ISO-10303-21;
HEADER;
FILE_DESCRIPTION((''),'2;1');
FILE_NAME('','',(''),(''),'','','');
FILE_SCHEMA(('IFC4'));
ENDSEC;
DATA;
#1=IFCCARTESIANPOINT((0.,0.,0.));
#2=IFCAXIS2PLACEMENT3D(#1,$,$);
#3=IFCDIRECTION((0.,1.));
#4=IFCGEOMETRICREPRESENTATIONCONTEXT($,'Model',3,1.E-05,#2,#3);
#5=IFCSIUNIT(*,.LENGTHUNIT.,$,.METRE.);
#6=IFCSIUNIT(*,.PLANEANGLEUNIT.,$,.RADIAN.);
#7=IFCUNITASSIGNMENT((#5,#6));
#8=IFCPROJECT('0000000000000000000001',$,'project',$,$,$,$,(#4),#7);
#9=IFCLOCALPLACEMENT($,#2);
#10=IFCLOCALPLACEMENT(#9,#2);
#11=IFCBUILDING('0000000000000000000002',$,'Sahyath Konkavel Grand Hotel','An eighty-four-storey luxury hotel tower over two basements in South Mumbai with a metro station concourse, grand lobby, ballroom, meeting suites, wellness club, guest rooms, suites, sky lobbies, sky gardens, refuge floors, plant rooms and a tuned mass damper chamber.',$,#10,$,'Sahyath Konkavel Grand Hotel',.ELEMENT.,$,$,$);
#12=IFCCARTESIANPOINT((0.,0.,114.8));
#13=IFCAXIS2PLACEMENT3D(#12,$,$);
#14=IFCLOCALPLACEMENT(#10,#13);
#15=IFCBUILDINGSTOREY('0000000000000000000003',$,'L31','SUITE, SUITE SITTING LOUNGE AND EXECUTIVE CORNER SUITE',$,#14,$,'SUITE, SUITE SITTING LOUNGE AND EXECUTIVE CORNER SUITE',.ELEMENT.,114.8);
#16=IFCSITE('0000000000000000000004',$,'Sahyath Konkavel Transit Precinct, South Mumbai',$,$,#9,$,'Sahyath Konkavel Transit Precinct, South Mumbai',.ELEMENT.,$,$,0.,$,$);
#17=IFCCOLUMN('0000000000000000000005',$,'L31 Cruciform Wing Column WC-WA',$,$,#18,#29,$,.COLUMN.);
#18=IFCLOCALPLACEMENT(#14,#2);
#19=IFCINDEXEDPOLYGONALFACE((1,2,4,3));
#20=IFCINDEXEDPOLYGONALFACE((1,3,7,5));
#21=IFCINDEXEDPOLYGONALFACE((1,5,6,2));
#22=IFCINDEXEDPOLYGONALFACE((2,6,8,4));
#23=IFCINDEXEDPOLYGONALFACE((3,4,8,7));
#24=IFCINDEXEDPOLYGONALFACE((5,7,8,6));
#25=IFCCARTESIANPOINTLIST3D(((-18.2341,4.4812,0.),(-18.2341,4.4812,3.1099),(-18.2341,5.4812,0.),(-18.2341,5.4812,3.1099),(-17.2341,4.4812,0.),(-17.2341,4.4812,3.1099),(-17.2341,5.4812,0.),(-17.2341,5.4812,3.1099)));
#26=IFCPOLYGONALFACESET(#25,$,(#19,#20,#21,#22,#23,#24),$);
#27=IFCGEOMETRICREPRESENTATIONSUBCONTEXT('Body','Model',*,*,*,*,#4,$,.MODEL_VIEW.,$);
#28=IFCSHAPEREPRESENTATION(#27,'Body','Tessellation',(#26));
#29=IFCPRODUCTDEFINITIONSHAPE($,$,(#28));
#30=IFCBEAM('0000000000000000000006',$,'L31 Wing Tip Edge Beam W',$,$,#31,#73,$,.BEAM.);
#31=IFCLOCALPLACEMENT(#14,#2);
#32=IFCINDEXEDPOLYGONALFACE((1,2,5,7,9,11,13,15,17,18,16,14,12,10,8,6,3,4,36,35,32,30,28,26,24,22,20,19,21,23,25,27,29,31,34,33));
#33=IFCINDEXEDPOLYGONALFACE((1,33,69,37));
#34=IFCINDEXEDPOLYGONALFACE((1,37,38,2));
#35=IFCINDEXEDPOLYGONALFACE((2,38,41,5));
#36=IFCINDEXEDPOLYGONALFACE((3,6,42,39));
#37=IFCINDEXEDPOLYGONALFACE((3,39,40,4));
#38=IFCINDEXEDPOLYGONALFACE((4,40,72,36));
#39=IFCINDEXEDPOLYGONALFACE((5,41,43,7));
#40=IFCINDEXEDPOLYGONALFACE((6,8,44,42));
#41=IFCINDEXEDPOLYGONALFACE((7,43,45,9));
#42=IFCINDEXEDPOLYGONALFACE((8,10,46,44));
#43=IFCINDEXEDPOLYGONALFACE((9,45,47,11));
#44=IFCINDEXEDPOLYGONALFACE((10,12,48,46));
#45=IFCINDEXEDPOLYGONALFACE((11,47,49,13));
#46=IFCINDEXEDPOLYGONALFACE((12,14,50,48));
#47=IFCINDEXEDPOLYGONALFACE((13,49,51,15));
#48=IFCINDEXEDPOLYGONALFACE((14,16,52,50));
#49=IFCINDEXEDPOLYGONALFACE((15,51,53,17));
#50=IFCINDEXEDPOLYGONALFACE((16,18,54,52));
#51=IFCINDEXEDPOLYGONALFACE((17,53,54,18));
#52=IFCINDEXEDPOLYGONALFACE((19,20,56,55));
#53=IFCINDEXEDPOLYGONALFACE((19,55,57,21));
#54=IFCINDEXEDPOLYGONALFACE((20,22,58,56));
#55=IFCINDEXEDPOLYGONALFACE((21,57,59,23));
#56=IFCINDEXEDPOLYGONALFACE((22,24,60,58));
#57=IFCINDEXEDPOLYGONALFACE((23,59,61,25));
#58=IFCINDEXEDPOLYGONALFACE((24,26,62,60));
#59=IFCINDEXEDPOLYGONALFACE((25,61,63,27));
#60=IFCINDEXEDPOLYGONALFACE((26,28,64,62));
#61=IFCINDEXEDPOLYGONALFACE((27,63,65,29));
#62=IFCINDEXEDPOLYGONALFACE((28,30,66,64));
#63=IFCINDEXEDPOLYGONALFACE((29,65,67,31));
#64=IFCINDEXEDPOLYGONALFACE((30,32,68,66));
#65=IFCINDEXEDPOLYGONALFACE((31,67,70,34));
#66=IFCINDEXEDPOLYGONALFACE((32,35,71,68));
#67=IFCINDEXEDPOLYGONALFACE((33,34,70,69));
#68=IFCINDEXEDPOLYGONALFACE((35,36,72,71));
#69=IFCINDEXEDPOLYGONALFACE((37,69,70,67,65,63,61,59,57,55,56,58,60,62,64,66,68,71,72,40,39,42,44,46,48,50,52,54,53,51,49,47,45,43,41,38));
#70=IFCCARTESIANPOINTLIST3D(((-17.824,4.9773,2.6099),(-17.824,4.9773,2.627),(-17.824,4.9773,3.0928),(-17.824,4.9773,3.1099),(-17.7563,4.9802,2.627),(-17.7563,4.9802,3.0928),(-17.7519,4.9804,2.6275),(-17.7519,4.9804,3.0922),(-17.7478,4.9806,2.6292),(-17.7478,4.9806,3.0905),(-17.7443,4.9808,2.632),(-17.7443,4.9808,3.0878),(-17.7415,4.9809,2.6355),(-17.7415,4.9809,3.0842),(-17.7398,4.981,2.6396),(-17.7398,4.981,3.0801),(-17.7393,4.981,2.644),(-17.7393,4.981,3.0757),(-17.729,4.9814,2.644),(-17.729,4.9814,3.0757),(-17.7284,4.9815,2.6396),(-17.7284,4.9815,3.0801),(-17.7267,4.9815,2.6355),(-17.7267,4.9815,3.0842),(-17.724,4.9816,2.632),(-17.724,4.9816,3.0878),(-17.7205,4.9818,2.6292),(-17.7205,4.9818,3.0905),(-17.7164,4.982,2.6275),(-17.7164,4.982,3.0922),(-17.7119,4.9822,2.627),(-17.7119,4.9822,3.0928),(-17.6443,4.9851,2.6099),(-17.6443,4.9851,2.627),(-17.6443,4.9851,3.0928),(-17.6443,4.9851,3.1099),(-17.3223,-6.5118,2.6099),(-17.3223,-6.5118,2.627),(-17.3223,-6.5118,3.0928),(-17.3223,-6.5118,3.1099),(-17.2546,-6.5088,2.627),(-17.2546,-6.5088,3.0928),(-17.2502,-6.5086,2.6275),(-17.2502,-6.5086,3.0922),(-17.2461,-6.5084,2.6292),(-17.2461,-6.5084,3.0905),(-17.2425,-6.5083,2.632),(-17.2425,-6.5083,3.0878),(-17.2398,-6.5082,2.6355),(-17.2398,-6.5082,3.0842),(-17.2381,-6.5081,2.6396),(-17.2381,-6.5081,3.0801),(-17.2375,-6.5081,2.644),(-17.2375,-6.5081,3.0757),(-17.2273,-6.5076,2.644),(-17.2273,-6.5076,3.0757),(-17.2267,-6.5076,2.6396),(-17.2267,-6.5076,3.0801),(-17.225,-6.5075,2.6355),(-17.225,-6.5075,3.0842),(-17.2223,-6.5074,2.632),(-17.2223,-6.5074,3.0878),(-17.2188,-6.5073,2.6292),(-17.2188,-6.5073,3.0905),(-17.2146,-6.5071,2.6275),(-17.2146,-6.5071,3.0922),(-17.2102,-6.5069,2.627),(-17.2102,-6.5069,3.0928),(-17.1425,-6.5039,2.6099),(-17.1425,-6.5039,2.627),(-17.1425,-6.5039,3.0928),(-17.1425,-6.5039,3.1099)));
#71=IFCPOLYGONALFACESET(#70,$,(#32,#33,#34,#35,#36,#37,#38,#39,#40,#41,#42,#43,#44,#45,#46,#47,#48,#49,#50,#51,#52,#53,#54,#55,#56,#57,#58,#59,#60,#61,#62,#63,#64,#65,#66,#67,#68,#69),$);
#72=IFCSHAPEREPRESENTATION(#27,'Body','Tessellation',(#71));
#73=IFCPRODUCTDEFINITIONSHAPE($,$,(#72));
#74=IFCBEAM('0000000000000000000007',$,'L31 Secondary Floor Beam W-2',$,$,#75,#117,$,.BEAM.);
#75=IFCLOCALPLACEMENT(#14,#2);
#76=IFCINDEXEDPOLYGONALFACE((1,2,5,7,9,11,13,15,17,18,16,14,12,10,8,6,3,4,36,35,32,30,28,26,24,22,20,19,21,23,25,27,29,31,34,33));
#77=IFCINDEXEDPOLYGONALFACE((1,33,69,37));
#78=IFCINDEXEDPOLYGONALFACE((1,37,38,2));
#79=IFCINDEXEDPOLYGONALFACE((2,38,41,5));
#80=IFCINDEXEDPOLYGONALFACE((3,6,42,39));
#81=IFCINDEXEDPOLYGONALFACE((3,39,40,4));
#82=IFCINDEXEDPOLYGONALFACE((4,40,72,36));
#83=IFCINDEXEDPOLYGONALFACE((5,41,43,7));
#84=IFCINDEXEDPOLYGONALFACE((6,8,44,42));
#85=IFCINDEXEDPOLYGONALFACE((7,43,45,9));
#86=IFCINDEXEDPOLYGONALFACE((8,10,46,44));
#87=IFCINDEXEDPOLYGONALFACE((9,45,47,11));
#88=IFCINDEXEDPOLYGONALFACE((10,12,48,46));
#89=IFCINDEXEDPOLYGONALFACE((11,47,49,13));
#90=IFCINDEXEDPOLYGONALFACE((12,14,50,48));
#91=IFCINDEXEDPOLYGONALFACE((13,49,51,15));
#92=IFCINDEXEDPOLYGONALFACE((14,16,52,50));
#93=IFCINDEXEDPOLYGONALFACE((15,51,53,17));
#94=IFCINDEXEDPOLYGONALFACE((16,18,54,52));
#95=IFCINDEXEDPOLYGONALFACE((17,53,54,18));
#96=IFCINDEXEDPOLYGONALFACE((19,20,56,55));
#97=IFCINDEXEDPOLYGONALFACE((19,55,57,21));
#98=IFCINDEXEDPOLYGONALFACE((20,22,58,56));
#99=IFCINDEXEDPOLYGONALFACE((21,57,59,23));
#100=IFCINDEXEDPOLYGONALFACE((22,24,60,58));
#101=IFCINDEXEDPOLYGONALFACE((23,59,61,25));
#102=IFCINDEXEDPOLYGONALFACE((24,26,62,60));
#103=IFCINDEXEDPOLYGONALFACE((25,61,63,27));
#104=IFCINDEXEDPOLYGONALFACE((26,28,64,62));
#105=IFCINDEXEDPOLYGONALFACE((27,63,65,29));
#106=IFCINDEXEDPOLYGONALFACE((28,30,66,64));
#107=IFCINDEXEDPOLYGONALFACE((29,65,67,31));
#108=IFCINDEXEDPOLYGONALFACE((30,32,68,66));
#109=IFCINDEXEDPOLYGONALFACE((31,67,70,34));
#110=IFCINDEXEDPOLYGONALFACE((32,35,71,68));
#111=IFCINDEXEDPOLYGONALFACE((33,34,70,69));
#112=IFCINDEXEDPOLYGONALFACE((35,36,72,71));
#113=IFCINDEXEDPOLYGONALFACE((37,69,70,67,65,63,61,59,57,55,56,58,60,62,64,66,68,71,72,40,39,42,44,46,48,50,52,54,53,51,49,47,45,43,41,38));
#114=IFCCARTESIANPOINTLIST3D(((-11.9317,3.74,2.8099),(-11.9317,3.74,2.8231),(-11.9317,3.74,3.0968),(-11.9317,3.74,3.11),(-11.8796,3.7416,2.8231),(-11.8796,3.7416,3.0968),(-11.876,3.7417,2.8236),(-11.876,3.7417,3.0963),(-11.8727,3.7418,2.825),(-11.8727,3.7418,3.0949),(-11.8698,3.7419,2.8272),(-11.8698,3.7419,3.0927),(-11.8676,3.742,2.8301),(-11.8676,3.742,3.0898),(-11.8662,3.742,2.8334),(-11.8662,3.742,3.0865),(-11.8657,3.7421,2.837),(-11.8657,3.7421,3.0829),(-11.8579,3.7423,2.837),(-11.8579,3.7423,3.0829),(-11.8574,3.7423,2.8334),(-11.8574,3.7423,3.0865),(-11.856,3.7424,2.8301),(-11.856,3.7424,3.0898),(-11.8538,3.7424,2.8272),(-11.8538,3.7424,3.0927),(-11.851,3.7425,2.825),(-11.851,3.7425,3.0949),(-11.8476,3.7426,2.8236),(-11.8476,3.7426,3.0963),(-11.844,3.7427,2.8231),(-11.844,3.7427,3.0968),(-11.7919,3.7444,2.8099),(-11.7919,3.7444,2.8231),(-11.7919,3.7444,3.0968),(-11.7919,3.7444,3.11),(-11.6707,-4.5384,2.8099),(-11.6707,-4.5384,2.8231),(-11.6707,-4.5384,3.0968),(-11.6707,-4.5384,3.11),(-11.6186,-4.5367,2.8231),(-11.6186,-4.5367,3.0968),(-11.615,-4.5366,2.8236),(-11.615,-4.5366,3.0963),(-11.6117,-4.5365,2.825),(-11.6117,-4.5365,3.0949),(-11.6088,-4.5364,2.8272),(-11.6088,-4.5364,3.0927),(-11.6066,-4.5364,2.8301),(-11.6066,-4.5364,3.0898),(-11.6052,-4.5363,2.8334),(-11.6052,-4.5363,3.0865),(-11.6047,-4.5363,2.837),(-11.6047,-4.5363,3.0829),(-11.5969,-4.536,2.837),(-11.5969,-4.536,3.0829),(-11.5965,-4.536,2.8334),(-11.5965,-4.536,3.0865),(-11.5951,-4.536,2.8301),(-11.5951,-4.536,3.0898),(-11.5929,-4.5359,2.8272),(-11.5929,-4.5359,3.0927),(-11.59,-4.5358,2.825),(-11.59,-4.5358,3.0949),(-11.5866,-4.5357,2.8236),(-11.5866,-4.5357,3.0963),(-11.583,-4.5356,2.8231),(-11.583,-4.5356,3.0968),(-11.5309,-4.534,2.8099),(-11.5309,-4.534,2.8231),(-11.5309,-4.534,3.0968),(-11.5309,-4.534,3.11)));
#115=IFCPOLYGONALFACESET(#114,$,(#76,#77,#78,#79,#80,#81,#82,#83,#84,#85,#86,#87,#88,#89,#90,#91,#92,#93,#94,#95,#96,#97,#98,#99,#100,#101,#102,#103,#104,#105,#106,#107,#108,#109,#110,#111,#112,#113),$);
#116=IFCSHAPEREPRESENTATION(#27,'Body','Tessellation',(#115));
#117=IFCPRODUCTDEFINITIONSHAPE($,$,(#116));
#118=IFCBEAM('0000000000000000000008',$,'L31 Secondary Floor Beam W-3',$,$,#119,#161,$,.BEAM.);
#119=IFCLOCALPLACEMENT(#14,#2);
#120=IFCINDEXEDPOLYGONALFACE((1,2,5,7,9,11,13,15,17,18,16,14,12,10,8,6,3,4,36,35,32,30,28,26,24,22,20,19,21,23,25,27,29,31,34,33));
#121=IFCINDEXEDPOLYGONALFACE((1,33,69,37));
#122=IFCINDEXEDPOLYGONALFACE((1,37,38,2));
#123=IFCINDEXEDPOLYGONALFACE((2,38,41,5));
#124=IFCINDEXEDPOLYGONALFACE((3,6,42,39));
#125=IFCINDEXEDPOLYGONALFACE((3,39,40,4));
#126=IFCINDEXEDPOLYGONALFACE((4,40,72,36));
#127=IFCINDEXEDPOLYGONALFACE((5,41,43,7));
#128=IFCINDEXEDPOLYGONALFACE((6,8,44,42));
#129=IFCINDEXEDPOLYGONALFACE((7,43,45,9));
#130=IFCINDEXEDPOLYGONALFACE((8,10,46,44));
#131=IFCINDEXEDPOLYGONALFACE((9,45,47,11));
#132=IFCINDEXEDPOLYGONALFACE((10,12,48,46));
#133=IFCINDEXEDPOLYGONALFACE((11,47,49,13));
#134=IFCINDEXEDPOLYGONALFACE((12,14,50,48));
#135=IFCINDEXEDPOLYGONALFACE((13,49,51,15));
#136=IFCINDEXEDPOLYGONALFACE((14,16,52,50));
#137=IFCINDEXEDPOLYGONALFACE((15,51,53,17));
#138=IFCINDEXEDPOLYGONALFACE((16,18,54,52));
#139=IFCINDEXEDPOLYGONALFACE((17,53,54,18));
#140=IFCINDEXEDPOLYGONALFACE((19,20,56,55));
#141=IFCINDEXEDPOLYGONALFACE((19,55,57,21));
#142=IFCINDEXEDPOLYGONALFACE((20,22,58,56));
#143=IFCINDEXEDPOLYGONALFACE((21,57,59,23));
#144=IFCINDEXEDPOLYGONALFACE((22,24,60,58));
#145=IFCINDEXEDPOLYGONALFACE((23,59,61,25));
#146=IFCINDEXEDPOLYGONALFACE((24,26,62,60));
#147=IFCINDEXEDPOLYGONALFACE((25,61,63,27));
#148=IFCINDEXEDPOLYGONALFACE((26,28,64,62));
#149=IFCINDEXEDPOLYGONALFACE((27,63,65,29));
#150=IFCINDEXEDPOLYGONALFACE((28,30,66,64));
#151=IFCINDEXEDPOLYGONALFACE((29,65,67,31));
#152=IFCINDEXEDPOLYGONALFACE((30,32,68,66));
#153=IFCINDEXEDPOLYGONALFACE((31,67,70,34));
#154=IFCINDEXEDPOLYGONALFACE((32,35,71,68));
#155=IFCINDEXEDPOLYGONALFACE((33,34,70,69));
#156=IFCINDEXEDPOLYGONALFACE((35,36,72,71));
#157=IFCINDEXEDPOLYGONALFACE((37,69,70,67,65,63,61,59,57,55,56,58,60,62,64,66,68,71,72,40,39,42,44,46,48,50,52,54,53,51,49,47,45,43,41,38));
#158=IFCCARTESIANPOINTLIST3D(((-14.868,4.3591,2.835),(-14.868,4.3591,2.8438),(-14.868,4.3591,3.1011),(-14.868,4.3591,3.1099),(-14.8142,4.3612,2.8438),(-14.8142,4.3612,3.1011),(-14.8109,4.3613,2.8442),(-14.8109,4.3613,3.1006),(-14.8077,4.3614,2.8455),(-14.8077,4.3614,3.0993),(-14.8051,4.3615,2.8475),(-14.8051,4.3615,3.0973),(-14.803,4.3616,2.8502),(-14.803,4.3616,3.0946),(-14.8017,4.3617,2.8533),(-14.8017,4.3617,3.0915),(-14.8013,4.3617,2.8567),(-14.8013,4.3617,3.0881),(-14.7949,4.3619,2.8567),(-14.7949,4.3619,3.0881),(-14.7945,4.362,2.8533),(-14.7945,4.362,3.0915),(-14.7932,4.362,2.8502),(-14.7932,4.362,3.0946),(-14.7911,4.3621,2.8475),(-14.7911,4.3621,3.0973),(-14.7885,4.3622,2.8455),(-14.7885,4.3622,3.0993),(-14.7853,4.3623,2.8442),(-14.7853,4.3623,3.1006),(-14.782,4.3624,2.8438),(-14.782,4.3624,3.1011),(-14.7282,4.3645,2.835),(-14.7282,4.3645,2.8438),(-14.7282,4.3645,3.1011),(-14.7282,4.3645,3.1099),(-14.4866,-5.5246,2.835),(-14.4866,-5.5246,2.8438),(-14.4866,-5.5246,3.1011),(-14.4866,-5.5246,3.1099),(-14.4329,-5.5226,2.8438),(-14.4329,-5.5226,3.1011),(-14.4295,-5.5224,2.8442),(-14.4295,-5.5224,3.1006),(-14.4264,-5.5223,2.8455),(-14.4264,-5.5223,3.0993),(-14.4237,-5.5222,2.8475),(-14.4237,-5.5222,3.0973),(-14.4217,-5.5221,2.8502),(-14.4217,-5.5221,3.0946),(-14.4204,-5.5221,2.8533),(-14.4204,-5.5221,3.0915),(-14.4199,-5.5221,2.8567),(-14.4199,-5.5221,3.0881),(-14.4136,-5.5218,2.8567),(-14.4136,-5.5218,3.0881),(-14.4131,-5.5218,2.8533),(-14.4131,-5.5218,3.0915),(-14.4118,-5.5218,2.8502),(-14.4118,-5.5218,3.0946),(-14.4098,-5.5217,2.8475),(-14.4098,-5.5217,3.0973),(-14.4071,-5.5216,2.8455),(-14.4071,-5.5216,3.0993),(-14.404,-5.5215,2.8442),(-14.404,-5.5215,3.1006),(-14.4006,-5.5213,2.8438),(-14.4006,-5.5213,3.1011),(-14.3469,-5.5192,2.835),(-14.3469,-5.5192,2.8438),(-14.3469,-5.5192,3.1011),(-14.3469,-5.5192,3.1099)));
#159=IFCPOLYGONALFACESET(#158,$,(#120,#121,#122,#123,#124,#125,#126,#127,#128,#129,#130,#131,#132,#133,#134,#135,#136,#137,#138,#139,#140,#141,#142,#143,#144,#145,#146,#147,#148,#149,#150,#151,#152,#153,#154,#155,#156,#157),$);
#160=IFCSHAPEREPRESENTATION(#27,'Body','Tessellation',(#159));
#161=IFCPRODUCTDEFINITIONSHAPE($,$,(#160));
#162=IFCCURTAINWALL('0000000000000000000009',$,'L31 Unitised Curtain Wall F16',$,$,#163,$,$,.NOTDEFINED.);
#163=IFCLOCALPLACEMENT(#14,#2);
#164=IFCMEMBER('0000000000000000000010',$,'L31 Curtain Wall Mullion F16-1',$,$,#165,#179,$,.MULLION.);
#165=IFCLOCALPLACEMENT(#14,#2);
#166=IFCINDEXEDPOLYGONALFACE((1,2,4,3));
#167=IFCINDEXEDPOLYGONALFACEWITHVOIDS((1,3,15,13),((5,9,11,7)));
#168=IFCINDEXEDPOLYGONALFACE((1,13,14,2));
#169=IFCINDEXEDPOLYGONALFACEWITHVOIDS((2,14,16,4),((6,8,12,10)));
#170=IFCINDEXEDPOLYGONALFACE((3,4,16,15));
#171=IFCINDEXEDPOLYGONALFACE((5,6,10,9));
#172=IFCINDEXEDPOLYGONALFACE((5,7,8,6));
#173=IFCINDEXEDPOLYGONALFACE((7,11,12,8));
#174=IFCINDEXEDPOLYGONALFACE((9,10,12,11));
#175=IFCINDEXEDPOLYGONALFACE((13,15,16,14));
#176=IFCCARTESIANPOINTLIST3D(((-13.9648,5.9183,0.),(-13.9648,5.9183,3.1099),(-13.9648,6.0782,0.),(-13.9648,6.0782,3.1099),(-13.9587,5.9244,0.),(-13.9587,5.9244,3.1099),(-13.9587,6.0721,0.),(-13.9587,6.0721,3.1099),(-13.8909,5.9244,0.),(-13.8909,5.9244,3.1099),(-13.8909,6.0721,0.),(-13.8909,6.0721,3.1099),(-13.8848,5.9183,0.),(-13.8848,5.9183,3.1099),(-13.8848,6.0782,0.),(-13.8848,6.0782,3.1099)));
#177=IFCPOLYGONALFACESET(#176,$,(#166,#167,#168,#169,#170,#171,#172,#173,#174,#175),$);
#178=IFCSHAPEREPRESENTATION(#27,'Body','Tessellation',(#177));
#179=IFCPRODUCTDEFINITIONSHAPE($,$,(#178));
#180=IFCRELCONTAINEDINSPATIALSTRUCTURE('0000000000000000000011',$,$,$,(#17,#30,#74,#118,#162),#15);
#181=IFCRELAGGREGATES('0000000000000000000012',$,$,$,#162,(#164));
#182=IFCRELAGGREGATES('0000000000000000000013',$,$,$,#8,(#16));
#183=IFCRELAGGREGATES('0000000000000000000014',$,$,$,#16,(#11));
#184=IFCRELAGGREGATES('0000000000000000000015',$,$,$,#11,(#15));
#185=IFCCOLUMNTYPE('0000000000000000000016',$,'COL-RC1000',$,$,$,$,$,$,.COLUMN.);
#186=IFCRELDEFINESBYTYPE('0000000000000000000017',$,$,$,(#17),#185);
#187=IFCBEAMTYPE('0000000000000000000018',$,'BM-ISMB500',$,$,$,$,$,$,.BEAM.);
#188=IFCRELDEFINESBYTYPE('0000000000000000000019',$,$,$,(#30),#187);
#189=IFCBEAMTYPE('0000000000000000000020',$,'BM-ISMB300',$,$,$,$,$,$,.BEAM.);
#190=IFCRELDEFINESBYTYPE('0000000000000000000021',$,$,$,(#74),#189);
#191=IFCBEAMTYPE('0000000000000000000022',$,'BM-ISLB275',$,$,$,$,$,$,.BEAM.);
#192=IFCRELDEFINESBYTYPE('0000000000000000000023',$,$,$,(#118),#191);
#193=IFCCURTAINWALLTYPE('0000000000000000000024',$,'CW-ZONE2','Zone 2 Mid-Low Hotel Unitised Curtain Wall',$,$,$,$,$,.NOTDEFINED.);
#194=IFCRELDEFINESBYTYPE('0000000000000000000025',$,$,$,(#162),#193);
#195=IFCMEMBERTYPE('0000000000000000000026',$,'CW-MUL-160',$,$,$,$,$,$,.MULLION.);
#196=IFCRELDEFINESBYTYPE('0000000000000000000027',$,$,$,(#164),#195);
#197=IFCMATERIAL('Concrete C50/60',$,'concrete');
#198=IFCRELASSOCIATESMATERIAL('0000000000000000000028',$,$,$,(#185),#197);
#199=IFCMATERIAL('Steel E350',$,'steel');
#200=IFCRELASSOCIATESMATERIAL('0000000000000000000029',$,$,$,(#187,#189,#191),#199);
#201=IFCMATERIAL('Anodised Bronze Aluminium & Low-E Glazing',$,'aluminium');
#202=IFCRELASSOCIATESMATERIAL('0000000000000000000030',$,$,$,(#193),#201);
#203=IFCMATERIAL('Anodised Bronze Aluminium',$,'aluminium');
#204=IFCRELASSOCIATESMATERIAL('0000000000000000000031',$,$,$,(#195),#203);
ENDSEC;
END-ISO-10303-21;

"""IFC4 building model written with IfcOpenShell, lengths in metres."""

from ifc_helpers import new_model, si_unit, direction, frame, origin, origin_2d, place, context, subcontext, project, spatial, rectangle, hollow_rectangle, i_section, extrude, source, transform, mapped, material, material_profile, profile_set, type_object, element, aggregate, save


model = new_model("IFC4")

# Units and contexts
model_context = context("Model", 3, precision=1e-05, world=origin(), true_north=direction((0.0, 1.0)))
body_context = subcontext(model_context, "Body", "Model", "MODEL_VIEW")
ifc_project = project(units=[si_unit("LENGTHUNIT", "METRE"), si_unit("PLANEANGLEUNIT", "RADIAN")], contexts=[model_context])

# Site, building, storey
site_placement = place(None, origin())
site = spatial("IfcSite", under=ifc_project, at=site_placement, Name="Sahyath Konkavel Transit Precinct, South Mumbai", LongName="Sahyath Konkavel Transit Precinct, South Mumbai", CompositionType="ELEMENT", RefElevation=0.0)
building_placement = place(site_placement, origin())
building = spatial("IfcBuilding", under=site, at=building_placement, Name="Sahyath Konkavel Grand Hotel", Description="An eighty-four-storey luxury hotel tower over two basements in South Mumbai with a metro station concourse, grand lobby, ballroom, meeting suites, wellness club, guest rooms, suites, sky lobbies, sky gardens, refuge floors, plant rooms and a tuned mass damper chamber.", LongName="Sahyath Konkavel Grand Hotel", CompositionType="ELEMENT")
storey_placement = place(building_placement, frame((0.0, 0.0, 114.8)))
storey = spatial("IfcBuildingStorey", under=building, at=storey_placement, Name="L31", Description="SUITE, SUITE SITTING LOUNGE AND EXECUTIVE CORNER SUITE", LongName="SUITE, SUITE SITTING LOUNGE AND EXECUTIVE CORNER SUITE", CompositionType="ELEMENT", Elevation=114.8)

# Column
ifc_material_1 = material(Name="Concrete C50/60", Category="concrete")
ifc_material_profile_1 = material_profile(ifc_material_1, rectangle(XDim=1.0, YDim=1.0, at=origin_2d()), Name="RC 1000x1000")
ifc_profile_set_1 = profile_set([ifc_material_profile_1], Name="Concrete C50/60")
column_type = type_object("IfcColumnType", Name="COL-RC1000", PredefinedType="COLUMN", material=ifc_profile_set_1)
shared_shape_1 = source(origin(), body_context, "Body", "SweptSolid", [
    extrude(rectangle(XDim=1.0, YDim=1.0, at=origin_2d()), origin(), (0.0, 0.0, 1.0), 3.1099),
])
column_placement = place(storey_placement, frame((-17.7341, 4.9812, 0.0), z_axis=(0.0, 0.0, 1.0), x_axis=(1.0, 0.0, 0.0)))
element("IfcColumn", 1, at=column_placement, inside=storey, type_object=column_type, Name="L31 Cruciform Wing Column WC-WA", PredefinedType="COLUMN", context=body_context, shape_type="MappedRepresentation", body=[
    mapped(shared_shape_1, transform((0.0, 0.0, 0.0), scale=1.0)),
])

# Beams
ifc_material_2 = material(Name="Steel E350", Category="steel")
ifc_material_profile_2 = material_profile(ifc_material_2, i_section(OverallWidth=0.1799, OverallDepth=0.5, WebThickness=0.0103, FlangeThickness=0.0171, FilletRadius=0.0171, at=origin_2d()), Name="ISMB 500")
ifc_profile_set_2 = profile_set([ifc_material_profile_2], Name="Steel E350")
beam_type_1 = type_object("IfcBeamType", Name="BM-ISMB500", PredefinedType="BEAM", material=ifc_profile_set_2)
shared_shape_2 = source(origin(), body_context, "Body", "SweptSolid", [
    extrude(i_section(OverallWidth=0.1799, OverallDepth=0.5, WebThickness=0.0103, FlangeThickness=0.0171, FilletRadius=0.0171, at=origin_2d()), origin(), (0.0, 0.0, 1.0), 11.5),
])
beam_1_placement = place(storey_placement, frame((-17.7341, 4.9812, 2.8599), z_axis=(0.043627, -0.999048, 0.0), x_axis=(0.999048, 0.043627, 0.0)))
element("IfcBeam", 2, at=beam_1_placement, inside=storey, type_object=beam_type_1, Name="L31 Wing Tip Edge Beam W", PredefinedType="BEAM", context=body_context, shape_type="MappedRepresentation", body=[
    mapped(shared_shape_2, transform((0.0, 0.0, 0.0), scale=1.0)),
])
ifc_material_profile_3 = material_profile(ifc_material_2, i_section(OverallWidth=0.1399, OverallDepth=0.3, WebThickness=0.0078, FlangeThickness=0.0132, FilletRadius=0.0139, at=origin_2d()), Name="ISMB 300")
ifc_profile_set_3 = profile_set([ifc_material_profile_3], Name="Steel E350")
beam_type_2 = type_object("IfcBeamType", Name="BM-ISMB300", PredefinedType="BEAM", material=ifc_profile_set_3)
shared_shape_3 = source(origin(), body_context, "Body", "SweptSolid", [
    extrude(i_section(OverallWidth=0.1399, OverallDepth=0.3, WebThickness=0.0078, FlangeThickness=0.0132, FilletRadius=0.0139, at=origin_2d()), origin(), (0.0, 0.0, 1.0), 8.2825),
])
beam_2_placement = place(storey_placement, frame((-11.8618, 3.7422, 2.96), z_axis=(0.031511, -0.999503, 0.0), x_axis=(0.999503, 0.031511, 0.0)))
element("IfcBeam", 3, at=beam_2_placement, inside=storey, type_object=beam_type_2, Name="L31 Secondary Floor Beam W-2", PredefinedType="BEAM", context=body_context, shape_type="MappedRepresentation", body=[
    mapped(shared_shape_3, transform((0.0, 0.0, 0.0), scale=1.0)),
])
ifc_material_profile_4 = material_profile(ifc_material_2, i_section(OverallWidth=0.1399, OverallDepth=0.2749, WebThickness=0.0063, FlangeThickness=0.0088, FilletRadius=0.0129, at=origin_2d()), Name="ISLB 275")
ifc_profile_set_4 = profile_set([ifc_material_profile_4], Name="Steel E350")
beam_type_3 = type_object("IfcBeamType", Name="BM-ISLB275", PredefinedType="BEAM", material=ifc_profile_set_4)
shared_shape_4 = source(origin(), body_context, "Body", "SweptSolid", [
    extrude(i_section(OverallWidth=0.1399, OverallDepth=0.2749, WebThickness=0.0063, FlangeThickness=0.0088, FilletRadius=0.0129, at=origin_2d()), origin(), (0.0, 0.0, 1.0), 9.8911),
])
beam_3_placement = place(storey_placement, frame((-14.7981, 4.3618, 2.9724), z_axis=(0.038554, -0.999257, 0.0), x_axis=(0.999257, 0.038554, 0.0)))
element("IfcBeam", 4, at=beam_3_placement, inside=storey, type_object=beam_type_3, Name="L31 Secondary Floor Beam W-3", PredefinedType="BEAM", context=body_context, shape_type="MappedRepresentation", body=[
    mapped(shared_shape_4, transform((0.0, 0.0, 0.0), scale=1.0)),
])

# Curtain wall, member
ifc_material_3 = material(Name="Anodised Bronze Aluminium & Low-E Glazing", Category="aluminium")
curtain_wall_type = type_object("IfcCurtainWallType", Name="CW-ZONE2", Description="Zone 2 Mid-Low Hotel Unitised Curtain Wall", PredefinedType="NOTDEFINED", material=ifc_material_3)
curtain_wall_1_placement = place(storey_placement, origin())
curtain_wall_1 = element("IfcCurtainWall", 5, at=curtain_wall_1_placement, inside=storey, type_object=curtain_wall_type, Name="L31 Unitised Curtain Wall F16", PredefinedType="NOTDEFINED")
ifc_material_4 = material(Name="Anodised Bronze Aluminium", Category="aluminium")
ifc_material_profile_5 = material_profile(ifc_material_4, hollow_rectangle(XDim=0.0801, YDim=0.1599, WallThickness=0.0061, at=origin_2d()), Name="RHS 160x80x6")
ifc_profile_set_5 = profile_set([ifc_material_profile_5], Name="Anodised Bronze Aluminium")
member_type_1 = type_object("IfcMemberType", Name="CW-MUL-160", PredefinedType="MULLION", material=ifc_profile_set_5)
shared_shape_5 = source(origin(), body_context, "Body", "SweptSolid", [
    extrude(hollow_rectangle(XDim=0.0801, YDim=0.1599, WallThickness=0.0061, at=origin_2d()), origin(), (0.0, 0.0, 1.0), 3.1099),
])
member_1_placement = place(storey_placement, frame((-13.9248, 5.9983, 0.0), z_axis=(0.0, 0.0, 1.0), x_axis=(1.0, 0.0, 0.0)))
member_1 = element("IfcMember", 6, at=member_1_placement, type_object=member_type_1, Name="L31 Curtain Wall Mullion F16-1", PredefinedType="MULLION", context=body_context, shape_type="MappedRepresentation", body=[
    mapped(shared_shape_5, transform((0.0, 0.0, 0.0), scale=1.0)),
])

aggregate(curtain_wall_1, [member_1])

save(model, "model.ifc")
